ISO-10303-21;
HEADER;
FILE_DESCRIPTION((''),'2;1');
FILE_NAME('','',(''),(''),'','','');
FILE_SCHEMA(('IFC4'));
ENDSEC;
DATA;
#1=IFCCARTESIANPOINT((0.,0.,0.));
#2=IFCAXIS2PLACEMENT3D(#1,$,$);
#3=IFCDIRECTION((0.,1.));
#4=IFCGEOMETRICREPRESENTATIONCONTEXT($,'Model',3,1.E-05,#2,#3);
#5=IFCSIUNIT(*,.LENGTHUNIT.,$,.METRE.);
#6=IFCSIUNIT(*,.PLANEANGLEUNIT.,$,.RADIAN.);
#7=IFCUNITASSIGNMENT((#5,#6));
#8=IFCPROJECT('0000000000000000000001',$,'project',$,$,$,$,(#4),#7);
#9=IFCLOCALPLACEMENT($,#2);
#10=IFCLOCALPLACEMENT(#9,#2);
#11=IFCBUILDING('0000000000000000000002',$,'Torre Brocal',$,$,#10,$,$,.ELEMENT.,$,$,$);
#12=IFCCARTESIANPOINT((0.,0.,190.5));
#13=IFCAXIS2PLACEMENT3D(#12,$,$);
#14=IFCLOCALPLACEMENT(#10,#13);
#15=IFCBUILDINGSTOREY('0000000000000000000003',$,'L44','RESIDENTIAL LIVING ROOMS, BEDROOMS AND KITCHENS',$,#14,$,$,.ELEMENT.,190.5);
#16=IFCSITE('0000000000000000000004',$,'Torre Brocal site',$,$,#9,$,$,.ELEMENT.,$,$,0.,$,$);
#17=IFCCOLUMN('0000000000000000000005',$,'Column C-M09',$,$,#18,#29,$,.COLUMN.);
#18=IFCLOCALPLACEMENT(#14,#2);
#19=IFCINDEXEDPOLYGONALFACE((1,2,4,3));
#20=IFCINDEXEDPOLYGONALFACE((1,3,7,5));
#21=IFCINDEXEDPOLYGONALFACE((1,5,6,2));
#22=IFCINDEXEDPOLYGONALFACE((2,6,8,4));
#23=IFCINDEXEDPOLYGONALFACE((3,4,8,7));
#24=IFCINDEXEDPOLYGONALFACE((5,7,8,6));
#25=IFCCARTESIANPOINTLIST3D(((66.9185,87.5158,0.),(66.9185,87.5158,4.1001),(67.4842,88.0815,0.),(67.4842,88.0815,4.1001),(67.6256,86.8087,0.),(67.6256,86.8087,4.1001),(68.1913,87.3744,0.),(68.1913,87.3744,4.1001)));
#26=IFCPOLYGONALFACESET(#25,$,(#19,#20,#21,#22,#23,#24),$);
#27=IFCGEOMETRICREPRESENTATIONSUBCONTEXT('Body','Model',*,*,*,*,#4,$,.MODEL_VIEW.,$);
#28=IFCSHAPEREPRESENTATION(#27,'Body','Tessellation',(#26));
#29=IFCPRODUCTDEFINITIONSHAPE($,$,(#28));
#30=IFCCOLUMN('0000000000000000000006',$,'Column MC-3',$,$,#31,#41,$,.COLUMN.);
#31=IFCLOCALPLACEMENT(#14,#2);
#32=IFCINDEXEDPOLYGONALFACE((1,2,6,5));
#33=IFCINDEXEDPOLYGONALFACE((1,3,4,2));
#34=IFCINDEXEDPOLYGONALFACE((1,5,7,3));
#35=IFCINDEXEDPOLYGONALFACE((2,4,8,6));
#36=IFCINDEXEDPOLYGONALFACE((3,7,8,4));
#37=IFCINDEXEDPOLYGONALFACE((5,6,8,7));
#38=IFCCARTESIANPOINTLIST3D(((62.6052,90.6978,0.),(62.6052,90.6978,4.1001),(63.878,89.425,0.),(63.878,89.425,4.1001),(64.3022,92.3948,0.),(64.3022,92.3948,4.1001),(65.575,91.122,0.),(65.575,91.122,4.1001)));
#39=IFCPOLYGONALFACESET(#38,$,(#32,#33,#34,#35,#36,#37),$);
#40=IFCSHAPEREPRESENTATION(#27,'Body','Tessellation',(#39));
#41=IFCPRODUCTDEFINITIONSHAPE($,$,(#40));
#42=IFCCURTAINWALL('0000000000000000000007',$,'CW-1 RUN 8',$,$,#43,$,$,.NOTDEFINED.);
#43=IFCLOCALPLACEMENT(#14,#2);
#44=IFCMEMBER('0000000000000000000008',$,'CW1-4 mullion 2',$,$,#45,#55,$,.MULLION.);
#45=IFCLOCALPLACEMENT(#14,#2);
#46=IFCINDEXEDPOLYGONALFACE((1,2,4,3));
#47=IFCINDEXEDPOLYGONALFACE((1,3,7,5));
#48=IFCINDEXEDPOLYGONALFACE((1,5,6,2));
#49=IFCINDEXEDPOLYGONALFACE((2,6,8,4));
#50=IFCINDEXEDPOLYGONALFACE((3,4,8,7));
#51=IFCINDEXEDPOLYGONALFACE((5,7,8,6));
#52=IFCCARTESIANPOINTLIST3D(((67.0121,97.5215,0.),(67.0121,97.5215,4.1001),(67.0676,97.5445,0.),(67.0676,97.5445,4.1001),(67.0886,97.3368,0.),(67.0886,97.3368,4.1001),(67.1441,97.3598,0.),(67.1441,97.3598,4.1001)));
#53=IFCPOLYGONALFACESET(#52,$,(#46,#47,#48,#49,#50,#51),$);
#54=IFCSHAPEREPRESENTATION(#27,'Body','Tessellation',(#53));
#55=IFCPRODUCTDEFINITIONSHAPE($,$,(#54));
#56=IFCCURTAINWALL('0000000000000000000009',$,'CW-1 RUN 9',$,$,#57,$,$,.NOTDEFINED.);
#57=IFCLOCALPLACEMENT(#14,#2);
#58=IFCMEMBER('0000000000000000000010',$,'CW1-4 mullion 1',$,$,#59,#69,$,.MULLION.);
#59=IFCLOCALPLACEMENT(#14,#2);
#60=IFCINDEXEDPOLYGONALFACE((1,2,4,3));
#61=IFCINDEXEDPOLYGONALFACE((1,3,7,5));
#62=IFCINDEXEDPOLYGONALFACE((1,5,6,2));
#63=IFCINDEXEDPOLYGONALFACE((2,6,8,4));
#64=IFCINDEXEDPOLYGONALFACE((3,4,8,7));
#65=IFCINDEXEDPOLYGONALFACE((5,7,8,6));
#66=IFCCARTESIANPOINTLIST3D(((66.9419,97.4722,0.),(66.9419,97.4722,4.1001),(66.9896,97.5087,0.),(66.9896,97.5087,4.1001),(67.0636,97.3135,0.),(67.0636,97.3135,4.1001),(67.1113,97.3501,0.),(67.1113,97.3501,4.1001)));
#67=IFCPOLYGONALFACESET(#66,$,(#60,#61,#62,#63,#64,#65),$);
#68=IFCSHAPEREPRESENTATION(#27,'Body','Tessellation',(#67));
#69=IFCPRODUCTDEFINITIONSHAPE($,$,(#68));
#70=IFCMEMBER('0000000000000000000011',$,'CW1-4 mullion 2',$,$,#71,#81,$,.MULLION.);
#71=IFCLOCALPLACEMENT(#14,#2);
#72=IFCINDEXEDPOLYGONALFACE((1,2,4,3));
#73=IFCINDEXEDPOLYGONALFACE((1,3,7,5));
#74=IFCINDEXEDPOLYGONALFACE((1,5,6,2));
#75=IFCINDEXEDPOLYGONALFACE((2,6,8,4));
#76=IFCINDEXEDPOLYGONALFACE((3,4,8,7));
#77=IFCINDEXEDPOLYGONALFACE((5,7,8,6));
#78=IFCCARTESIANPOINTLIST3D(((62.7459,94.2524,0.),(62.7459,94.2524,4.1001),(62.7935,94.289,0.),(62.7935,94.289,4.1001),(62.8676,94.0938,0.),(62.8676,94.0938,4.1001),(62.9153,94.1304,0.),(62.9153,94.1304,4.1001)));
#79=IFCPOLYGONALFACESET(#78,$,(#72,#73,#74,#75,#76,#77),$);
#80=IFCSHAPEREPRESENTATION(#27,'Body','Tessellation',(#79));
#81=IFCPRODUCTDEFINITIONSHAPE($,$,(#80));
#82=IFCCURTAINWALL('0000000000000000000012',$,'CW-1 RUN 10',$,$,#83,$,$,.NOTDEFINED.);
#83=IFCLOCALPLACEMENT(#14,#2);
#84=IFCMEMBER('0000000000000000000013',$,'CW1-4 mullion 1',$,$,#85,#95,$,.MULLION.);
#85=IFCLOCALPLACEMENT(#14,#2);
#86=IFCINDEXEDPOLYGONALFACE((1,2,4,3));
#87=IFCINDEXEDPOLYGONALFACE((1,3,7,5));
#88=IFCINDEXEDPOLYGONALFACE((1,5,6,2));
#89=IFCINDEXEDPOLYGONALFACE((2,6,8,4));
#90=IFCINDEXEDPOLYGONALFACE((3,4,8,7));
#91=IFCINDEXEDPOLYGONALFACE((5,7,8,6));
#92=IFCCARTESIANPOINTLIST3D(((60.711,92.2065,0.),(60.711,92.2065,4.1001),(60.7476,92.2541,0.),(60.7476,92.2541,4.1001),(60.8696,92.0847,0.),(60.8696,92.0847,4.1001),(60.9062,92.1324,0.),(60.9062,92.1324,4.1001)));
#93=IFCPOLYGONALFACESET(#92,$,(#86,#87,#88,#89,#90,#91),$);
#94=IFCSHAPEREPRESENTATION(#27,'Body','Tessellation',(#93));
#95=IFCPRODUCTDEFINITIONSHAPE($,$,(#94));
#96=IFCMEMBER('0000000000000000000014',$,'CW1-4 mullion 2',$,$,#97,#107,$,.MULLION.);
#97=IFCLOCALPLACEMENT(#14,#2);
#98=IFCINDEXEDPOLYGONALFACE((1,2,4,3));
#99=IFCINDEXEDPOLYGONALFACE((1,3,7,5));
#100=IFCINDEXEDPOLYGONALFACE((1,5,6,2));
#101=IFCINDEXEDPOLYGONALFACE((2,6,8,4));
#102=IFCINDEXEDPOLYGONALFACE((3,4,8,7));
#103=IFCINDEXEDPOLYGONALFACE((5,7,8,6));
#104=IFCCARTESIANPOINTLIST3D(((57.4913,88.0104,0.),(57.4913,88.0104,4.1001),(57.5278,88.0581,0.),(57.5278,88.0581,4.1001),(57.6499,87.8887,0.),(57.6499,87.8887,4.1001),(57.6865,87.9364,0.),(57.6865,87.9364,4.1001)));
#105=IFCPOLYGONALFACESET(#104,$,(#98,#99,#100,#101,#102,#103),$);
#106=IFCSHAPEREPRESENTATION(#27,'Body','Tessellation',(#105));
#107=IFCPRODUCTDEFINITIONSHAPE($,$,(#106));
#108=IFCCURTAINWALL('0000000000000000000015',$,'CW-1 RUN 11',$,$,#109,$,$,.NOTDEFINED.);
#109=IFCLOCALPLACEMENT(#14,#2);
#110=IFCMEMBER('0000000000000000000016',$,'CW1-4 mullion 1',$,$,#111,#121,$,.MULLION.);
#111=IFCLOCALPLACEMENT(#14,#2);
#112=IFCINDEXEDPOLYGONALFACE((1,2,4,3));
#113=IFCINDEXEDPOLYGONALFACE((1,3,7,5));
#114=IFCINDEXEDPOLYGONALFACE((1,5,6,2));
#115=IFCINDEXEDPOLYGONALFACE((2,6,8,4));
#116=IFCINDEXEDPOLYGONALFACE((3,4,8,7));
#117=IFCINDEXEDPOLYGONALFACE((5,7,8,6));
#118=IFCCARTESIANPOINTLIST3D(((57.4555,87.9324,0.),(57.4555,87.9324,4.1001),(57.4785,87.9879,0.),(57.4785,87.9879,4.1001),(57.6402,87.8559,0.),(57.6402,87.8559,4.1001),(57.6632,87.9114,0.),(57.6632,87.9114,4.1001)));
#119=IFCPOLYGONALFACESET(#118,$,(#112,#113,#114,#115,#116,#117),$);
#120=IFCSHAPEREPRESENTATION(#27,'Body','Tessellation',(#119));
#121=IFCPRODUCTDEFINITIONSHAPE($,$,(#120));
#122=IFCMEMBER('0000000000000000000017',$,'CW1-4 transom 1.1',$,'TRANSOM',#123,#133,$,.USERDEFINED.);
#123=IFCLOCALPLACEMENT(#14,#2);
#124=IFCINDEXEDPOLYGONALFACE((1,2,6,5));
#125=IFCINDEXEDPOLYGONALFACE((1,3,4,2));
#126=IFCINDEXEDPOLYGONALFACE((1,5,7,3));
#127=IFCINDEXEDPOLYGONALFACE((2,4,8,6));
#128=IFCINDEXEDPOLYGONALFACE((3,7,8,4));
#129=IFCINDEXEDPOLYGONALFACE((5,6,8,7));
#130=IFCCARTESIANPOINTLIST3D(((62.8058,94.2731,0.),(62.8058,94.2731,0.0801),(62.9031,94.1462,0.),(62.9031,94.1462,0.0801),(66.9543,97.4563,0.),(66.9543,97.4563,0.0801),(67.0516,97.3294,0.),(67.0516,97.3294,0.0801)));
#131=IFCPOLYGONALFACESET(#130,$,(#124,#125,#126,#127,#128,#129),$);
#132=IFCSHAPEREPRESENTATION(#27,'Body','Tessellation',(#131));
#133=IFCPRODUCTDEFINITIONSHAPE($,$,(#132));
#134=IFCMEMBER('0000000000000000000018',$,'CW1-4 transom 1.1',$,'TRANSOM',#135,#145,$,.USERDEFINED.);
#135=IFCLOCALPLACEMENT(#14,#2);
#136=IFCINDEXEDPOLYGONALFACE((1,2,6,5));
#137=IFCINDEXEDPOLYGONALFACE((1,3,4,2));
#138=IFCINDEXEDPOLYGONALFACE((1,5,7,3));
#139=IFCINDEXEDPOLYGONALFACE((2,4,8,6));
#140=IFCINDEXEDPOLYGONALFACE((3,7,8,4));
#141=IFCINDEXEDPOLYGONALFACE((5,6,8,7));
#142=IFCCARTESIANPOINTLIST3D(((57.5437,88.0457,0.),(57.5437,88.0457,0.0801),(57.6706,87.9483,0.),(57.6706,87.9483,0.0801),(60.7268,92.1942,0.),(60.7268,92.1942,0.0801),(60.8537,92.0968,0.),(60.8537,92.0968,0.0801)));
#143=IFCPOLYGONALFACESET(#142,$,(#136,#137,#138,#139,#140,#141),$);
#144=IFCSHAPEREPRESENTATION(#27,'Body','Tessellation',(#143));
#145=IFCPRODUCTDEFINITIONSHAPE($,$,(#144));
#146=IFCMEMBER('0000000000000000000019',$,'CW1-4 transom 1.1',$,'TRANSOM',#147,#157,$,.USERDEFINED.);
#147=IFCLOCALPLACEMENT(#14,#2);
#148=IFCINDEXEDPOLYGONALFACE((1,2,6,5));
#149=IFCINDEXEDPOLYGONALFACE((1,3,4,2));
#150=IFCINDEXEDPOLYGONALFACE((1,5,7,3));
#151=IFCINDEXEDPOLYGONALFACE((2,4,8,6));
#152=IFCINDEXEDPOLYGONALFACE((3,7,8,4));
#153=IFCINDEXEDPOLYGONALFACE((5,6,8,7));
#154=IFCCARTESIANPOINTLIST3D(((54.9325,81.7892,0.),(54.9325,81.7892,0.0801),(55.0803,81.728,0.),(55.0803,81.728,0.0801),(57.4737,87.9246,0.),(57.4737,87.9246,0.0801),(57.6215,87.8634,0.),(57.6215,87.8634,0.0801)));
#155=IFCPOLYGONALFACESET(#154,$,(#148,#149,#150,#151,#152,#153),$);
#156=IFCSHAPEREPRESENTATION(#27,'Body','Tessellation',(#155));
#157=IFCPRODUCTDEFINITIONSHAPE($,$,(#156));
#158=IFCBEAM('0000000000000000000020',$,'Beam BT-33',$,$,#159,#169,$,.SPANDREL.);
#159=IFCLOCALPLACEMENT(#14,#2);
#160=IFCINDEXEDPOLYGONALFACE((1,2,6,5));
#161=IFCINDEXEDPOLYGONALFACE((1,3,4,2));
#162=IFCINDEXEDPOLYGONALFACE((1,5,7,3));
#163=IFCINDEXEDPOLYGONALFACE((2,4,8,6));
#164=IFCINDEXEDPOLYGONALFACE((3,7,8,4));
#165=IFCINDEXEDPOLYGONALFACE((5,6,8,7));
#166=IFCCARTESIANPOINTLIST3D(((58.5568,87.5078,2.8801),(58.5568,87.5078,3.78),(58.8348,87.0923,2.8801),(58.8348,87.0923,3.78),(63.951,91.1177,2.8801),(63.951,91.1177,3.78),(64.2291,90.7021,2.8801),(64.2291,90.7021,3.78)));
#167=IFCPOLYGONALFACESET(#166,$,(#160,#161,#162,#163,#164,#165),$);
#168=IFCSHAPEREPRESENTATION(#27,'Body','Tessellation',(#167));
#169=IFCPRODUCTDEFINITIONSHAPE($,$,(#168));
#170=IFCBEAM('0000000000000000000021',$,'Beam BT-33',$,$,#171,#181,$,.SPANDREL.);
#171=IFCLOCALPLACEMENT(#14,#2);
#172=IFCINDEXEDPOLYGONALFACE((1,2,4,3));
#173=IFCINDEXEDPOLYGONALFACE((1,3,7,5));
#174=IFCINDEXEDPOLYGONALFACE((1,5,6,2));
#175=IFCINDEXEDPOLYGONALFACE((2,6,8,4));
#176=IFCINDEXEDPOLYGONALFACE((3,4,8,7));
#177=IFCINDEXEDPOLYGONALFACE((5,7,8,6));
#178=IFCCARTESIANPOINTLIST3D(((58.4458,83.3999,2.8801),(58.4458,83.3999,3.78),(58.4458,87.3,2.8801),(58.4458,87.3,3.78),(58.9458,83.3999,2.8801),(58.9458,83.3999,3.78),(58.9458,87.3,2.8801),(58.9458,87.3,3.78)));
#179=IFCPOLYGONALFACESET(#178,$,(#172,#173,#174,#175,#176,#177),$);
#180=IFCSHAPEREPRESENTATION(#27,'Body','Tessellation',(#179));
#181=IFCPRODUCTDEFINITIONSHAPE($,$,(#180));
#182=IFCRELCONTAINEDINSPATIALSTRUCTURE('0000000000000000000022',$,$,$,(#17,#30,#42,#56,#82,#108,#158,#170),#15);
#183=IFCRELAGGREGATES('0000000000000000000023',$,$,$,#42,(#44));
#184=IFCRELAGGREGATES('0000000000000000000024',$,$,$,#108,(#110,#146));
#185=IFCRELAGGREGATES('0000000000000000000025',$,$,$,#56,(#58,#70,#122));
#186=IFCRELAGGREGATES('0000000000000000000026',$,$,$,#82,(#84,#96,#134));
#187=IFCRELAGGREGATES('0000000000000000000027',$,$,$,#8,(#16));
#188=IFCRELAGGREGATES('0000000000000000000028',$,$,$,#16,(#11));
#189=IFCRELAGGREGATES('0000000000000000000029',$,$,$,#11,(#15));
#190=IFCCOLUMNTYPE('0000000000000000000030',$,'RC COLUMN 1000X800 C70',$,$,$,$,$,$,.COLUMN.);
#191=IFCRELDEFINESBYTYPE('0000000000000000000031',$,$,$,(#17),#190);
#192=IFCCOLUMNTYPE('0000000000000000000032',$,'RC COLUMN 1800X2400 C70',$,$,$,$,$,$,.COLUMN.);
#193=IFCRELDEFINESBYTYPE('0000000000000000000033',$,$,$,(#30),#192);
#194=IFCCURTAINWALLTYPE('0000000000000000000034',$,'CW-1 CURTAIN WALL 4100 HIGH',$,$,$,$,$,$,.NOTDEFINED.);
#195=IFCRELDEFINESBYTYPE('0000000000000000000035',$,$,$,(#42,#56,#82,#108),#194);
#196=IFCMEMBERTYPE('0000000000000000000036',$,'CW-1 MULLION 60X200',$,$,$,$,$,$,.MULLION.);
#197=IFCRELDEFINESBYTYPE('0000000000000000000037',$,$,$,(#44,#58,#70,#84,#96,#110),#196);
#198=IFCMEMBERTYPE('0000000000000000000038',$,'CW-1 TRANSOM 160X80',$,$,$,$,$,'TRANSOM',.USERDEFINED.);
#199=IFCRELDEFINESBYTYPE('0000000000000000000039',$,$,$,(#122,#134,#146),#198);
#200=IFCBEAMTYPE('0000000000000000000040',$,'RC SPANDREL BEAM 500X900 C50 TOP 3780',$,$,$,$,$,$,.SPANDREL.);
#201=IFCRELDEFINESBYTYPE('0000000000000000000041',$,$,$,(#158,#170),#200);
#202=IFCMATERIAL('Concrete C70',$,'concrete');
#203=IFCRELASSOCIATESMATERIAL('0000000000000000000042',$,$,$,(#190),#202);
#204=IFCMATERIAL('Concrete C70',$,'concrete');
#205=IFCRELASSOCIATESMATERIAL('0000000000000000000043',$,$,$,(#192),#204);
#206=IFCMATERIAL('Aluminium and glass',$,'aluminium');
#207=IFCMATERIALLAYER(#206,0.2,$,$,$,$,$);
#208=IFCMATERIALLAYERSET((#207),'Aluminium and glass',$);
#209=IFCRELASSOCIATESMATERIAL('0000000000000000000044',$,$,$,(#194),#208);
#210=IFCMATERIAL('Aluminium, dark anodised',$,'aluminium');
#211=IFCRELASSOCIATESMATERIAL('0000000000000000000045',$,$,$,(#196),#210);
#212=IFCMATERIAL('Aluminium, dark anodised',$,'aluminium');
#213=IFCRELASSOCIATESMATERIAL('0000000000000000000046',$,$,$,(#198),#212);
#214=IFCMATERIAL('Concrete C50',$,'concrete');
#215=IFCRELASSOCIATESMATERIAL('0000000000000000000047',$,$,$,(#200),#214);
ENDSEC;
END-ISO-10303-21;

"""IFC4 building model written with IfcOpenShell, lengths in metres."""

from ifc_helpers import new_model, si_unit, direction, frame, origin, origin_2d, place, context, subcontext, project, spatial, rectangle, extrude, material, layer, layer_set, material_profile, profile_set, type_object, element, aggregate, save


model = new_model("IFC4")

# Units and contexts
model_context = context("Model", 3, precision=1e-05, world=origin(), true_north=direction((0.0, 1.0)))
body_context = subcontext(model_context, "Body", "Model", "MODEL_VIEW")
ifc_project = project(units=[si_unit("LENGTHUNIT", "METRE"), si_unit("PLANEANGLEUNIT", "RADIAN")], contexts=[model_context])

# Site, building, storey
site_placement = place(None, origin())
site = spatial("IfcSite", under=ifc_project, at=site_placement, Name="Torre Brocal site", CompositionType="ELEMENT", RefElevation=0.0)
building_placement = place(site_placement, origin())
building = spatial("IfcBuilding", under=site, at=building_placement, Name="Torre Brocal", CompositionType="ELEMENT")
storey_placement = place(building_placement, frame((0.0, 0.0, 190.5)))
storey = spatial("IfcBuildingStorey", under=building, at=storey_placement, Name="L44", Description="RESIDENTIAL LIVING ROOMS, BEDROOMS AND KITCHENS", CompositionType="ELEMENT", Elevation=190.5)

# Columns
ifc_material_1 = material(Name="Concrete C70", Category="concrete")
ifc_material_profile_1 = material_profile(ifc_material_1, rectangle(XDim=1.0, YDim=0.8, at=origin_2d()), Name="RC 1000X800")
ifc_profile_set_1 = profile_set([ifc_material_profile_1], Name="Concrete C70")
column_type_1 = type_object("IfcColumnType", Name="RC COLUMN 1000X800 C70", PredefinedType="COLUMN", material=ifc_profile_set_1)
column_1_placement = place(storey_placement, frame((67.5549, 87.4451, 0.0), z_axis=(0.0, 0.0, 1.0), x_axis=(-0.707107, 0.707107, 0.0)))
element("IfcColumn", 1, at=column_1_placement, inside=storey, type_object=column_type_1, Name="Column C-M09", PredefinedType="COLUMN", context=body_context, shape_type="SweptSolid", body=[
    extrude(rectangle(XDim=1.0, YDim=0.8, at=origin_2d()), origin(), (0.0, 0.0, 1.0), 4.1001),
])
ifc_material_2 = material(Name="Concrete C70", Category="concrete")
ifc_material_profile_2 = material_profile(ifc_material_2, rectangle(XDim=1.8, YDim=2.3999, at=origin_2d()), Name="RC 1800X2400")
ifc_profile_set_2 = profile_set([ifc_material_profile_2], Name="Concrete C70")
column_type_2 = type_object("IfcColumnType", Name="RC COLUMN 1800X2400 C70", PredefinedType="COLUMN", material=ifc_profile_set_2)
column_2_placement = place(storey_placement, frame((64.0901, 90.9099, 0.0), z_axis=(0.0, 0.0, 1.0), x_axis=(-0.707107, 0.707107, 0.0)))
element("IfcColumn", 2, at=column_2_placement, inside=storey, type_object=column_type_2, Name="Column MC-3", PredefinedType="COLUMN", context=body_context, shape_type="SweptSolid", body=[
    extrude(rectangle(XDim=1.8, YDim=2.3999, at=origin_2d()), origin(), (0.0, 0.0, 1.0), 4.1001),
])

# Curtain wall, member
ifc_material_3 = material(Name="Aluminium and glass", Category="aluminium")
ifc_layer_1 = layer(ifc_material_3, 0.2)
ifc_layer_set_1 = layer_set([ifc_layer_1], Name="Aluminium and glass")
curtain_wall_type = type_object("IfcCurtainWallType", Name="CW-1 CURTAIN WALL 4100 HIGH", PredefinedType="NOTDEFINED", material=ifc_layer_set_1)
curtain_wall_1_placement = place(storey_placement, origin())
curtain_wall_1 = element("IfcCurtainWall", 3, at=curtain_wall_1_placement, inside=storey, type_object=curtain_wall_type, Name="CW-1 RUN 8", PredefinedType="NOTDEFINED")
ifc_material_4 = material(Name="Aluminium, dark anodised", Category="aluminium")
ifc_material_profile_3 = material_profile(ifc_material_4, rectangle(XDim=0.2, YDim=0.0601, at=origin_2d()), Name="CW-1 MULLION 60X200")
ifc_profile_set_3 = profile_set([ifc_material_profile_3], Name="Aluminium, dark anodised")
member_type_1 = type_object("IfcMemberType", Name="CW-1 MULLION 60X200", PredefinedType="MULLION", material=ifc_profile_set_3)
member_1_placement = place(storey_placement, frame((67.0781, 97.4407, 0.0), z_axis=(0.0, 0.0, 1.0), x_axis=(0.382683, -0.92388, 0.0)))
member_1 = element("IfcMember", 4, at=member_1_placement, type_object=member_type_1, Name="CW1-4 mullion 2", PredefinedType="MULLION", context=body_context, shape_type="SweptSolid", body=[
    extrude(rectangle(XDim=0.2, YDim=0.0601, at=origin_2d()), origin(), (0.0, 0.0, 1.0), 4.1001),
])
aggregate(curtain_wall_1, [member_1])

# Curtain walls, members
curtain_wall_2_placement = place(storey_placement, origin())
curtain_wall_2 = element("IfcCurtainWall", 5, at=curtain_wall_2_placement, inside=storey, type_object=curtain_wall_type, Name="CW-1 RUN 9", PredefinedType="NOTDEFINED")
member_2_placement = place(storey_placement, frame((67.0266, 97.4111, 0.0), z_axis=(0.0, 0.0, 1.0), x_axis=(0.608761, -0.793353, 0.0)))
member_2 = element("IfcMember", 6, at=member_2_placement, type_object=member_type_1, Name="CW1-4 mullion 1", PredefinedType="MULLION", context=body_context, shape_type="SweptSolid", body=[
    extrude(rectangle(XDim=0.2, YDim=0.0601, at=origin_2d()), origin(), (0.0, 0.0, 1.0), 4.1001),
])
member_3_placement = place(storey_placement, frame((62.8306, 94.1914, 0.0), z_axis=(0.0, 0.0, 1.0), x_axis=(0.608761, -0.793353, 0.0)))
member_3 = element("IfcMember", 7, at=member_3_placement, type_object=member_type_1, Name="CW1-4 mullion 2", PredefinedType="MULLION", context=body_context, shape_type="SweptSolid", body=[
    extrude(rectangle(XDim=0.2, YDim=0.0601, at=origin_2d()), origin(), (0.0, 0.0, 1.0), 4.1001),
])
curtain_wall_3_placement = place(storey_placement, origin())
curtain_wall_3 = element("IfcCurtainWall", 8, at=curtain_wall_3_placement, inside=storey, type_object=curtain_wall_type, Name="CW-1 RUN 10", PredefinedType="NOTDEFINED")
member_4_placement = place(storey_placement, frame((60.8086, 92.1694, 0.0), z_axis=(0.0, 0.0, 1.0), x_axis=(0.793353, -0.608761, 0.0)))
member_4 = element("IfcMember", 9, at=member_4_placement, type_object=member_type_1, Name="CW1-4 mullion 1", PredefinedType="MULLION", context=body_context, shape_type="SweptSolid", body=[
    extrude(rectangle(XDim=0.2, YDim=0.0601, at=origin_2d()), origin(), (0.0, 0.0, 1.0), 4.1001),
])
member_5_placement = place(storey_placement, frame((57.5889, 87.9734, 0.0), z_axis=(0.0, 0.0, 1.0), x_axis=(0.793353, -0.608761, 0.0)))
member_5 = element("IfcMember", 10, at=member_5_placement, type_object=member_type_1, Name="CW1-4 mullion 2", PredefinedType="MULLION", context=body_context, shape_type="SweptSolid", body=[
    extrude(rectangle(XDim=0.2, YDim=0.0601, at=origin_2d()), origin(), (0.0, 0.0, 1.0), 4.1001),
])

# Curtain wall, member
curtain_wall_4_placement = place(storey_placement, origin())
curtain_wall_4 = element("IfcCurtainWall", 11, at=curtain_wall_4_placement, inside=storey, type_object=curtain_wall_type, Name="CW-1 RUN 11", PredefinedType="NOTDEFINED")
member_6_placement = place(storey_placement, frame((57.5593, 87.9219, 0.0), z_axis=(0.0, 0.0, 1.0), x_axis=(0.92388, -0.382683, 0.0)))
member_6 = element("IfcMember", 12, at=member_6_placement, type_object=member_type_1, Name="CW1-4 mullion 1", PredefinedType="MULLION", context=body_context, shape_type="SweptSolid", body=[
    extrude(rectangle(XDim=0.2, YDim=0.0601, at=origin_2d()), origin(), (0.0, 0.0, 1.0), 4.1001),
])

# Members
ifc_material_5 = material(Name="Aluminium, dark anodised", Category="aluminium")
ifc_material_profile_4 = material_profile(ifc_material_5, rectangle(XDim=0.1599, YDim=0.0801, at=origin_2d()), Name="CW-1 TRANSOM 160X80")
ifc_profile_set_4 = profile_set([ifc_material_profile_4], Name="Aluminium, dark anodised")
member_type_2 = type_object("IfcMemberType", Name="CW-1 TRANSOM 160X80", ElementType="TRANSOM", PredefinedType="USERDEFINED", material=ifc_profile_set_4)
member_7_placement = place(storey_placement, frame((67.0029, 97.3928, 0.04), z_axis=(-0.793363, -0.608749, 0.0), x_axis=(0.608749, -0.793363, 0.0)))
member_7 = element("IfcMember", 13, at=member_7_placement, type_object=member_type_2, Name="CW1-4 transom 1.1", ObjectType="TRANSOM", PredefinedType="USERDEFINED", context=body_context, shape_type="SweptSolid", body=[
    extrude(rectangle(XDim=0.1599, YDim=0.0801, at=origin_2d()), origin(), (0.0, 0.0, 1.0), 5.229),
])
member_8_placement = place(storey_placement, frame((60.7903, 92.1455, 0.04), z_axis=(-0.608749, -0.793363, 0.0), x_axis=(0.793363, -0.608749, 0.0)))
member_8 = element("IfcMember", 14, at=member_8_placement, type_object=member_type_2, Name="CW1-4 transom 1.1", ObjectType="TRANSOM", PredefinedType="USERDEFINED", context=body_context, shape_type="SweptSolid", body=[
    extrude(rectangle(XDim=0.1599, YDim=0.0801, at=origin_2d()), origin(), (0.0, 0.0, 1.0), 5.229),
])
member_9_placement = place(storey_placement, frame((57.5476, 87.894, 0.04), z_axis=(-0.382665, -0.923887, 0.0), x_axis=(0.923887, -0.382665, 0.0)))
member_9 = element("IfcMember", 15, at=member_9_placement, type_object=member_type_2, Name="CW1-4 transom 1.1", ObjectType="TRANSOM", PredefinedType="USERDEFINED", context=body_context, shape_type="SweptSolid", body=[
    extrude(rectangle(XDim=0.1599, YDim=0.0801, at=origin_2d()), origin(), (0.0, 0.0, 1.0), 6.6409),
])
aggregate(curtain_wall_4, [member_6, member_9])

# Beams
ifc_material_6 = material(Name="Concrete C50", Category="concrete")
ifc_material_profile_5 = material_profile(ifc_material_6, rectangle(XDim=0.5, YDim=0.8999, at=origin_2d()), Name="RC 500X900")
ifc_profile_set_5 = profile_set([ifc_material_profile_5], Name="Concrete C50")
beam_type = type_object("IfcBeamType", Name="RC SPANDREL BEAM 500X900 C50 TOP 3780", PredefinedType="SPANDREL", material=ifc_profile_set_5)
beam_1_placement = place(storey_placement, frame((64.0901, 90.9099, 3.3301), z_axis=(-0.831077, -0.556158, 0.0), x_axis=(0.556158, -0.831077, 0.0)))
element("IfcBeam", 16, at=beam_1_placement, inside=storey, type_object=beam_type, Name="Beam BT-33", PredefinedType="SPANDREL", context=body_context, shape_type="SweptSolid", body=[
    extrude(rectangle(XDim=0.5, YDim=0.8999, at=origin_2d()), origin(), (0.0, 0.0, 1.0), 6.4907),
])
beam_2_placement = place(storey_placement, frame((58.6958, 87.3, 3.3301), z_axis=(0.0, -1.0, 0.0), x_axis=(1.0, 0.0, 0.0)))
element("IfcBeam", 17, at=beam_2_placement, inside=storey, type_object=beam_type, Name="Beam BT-33", PredefinedType="SPANDREL", context=body_context, shape_type="SweptSolid", body=[
    extrude(rectangle(XDim=0.5, YDim=0.8999, at=origin_2d()), origin(), (0.0, 0.0, 1.0), 3.9001),
])

aggregate(curtain_wall_2, [member_2, member_3, member_7])
aggregate(curtain_wall_3, [member_4, member_5, member_8])

save(model, "model.ifc")
